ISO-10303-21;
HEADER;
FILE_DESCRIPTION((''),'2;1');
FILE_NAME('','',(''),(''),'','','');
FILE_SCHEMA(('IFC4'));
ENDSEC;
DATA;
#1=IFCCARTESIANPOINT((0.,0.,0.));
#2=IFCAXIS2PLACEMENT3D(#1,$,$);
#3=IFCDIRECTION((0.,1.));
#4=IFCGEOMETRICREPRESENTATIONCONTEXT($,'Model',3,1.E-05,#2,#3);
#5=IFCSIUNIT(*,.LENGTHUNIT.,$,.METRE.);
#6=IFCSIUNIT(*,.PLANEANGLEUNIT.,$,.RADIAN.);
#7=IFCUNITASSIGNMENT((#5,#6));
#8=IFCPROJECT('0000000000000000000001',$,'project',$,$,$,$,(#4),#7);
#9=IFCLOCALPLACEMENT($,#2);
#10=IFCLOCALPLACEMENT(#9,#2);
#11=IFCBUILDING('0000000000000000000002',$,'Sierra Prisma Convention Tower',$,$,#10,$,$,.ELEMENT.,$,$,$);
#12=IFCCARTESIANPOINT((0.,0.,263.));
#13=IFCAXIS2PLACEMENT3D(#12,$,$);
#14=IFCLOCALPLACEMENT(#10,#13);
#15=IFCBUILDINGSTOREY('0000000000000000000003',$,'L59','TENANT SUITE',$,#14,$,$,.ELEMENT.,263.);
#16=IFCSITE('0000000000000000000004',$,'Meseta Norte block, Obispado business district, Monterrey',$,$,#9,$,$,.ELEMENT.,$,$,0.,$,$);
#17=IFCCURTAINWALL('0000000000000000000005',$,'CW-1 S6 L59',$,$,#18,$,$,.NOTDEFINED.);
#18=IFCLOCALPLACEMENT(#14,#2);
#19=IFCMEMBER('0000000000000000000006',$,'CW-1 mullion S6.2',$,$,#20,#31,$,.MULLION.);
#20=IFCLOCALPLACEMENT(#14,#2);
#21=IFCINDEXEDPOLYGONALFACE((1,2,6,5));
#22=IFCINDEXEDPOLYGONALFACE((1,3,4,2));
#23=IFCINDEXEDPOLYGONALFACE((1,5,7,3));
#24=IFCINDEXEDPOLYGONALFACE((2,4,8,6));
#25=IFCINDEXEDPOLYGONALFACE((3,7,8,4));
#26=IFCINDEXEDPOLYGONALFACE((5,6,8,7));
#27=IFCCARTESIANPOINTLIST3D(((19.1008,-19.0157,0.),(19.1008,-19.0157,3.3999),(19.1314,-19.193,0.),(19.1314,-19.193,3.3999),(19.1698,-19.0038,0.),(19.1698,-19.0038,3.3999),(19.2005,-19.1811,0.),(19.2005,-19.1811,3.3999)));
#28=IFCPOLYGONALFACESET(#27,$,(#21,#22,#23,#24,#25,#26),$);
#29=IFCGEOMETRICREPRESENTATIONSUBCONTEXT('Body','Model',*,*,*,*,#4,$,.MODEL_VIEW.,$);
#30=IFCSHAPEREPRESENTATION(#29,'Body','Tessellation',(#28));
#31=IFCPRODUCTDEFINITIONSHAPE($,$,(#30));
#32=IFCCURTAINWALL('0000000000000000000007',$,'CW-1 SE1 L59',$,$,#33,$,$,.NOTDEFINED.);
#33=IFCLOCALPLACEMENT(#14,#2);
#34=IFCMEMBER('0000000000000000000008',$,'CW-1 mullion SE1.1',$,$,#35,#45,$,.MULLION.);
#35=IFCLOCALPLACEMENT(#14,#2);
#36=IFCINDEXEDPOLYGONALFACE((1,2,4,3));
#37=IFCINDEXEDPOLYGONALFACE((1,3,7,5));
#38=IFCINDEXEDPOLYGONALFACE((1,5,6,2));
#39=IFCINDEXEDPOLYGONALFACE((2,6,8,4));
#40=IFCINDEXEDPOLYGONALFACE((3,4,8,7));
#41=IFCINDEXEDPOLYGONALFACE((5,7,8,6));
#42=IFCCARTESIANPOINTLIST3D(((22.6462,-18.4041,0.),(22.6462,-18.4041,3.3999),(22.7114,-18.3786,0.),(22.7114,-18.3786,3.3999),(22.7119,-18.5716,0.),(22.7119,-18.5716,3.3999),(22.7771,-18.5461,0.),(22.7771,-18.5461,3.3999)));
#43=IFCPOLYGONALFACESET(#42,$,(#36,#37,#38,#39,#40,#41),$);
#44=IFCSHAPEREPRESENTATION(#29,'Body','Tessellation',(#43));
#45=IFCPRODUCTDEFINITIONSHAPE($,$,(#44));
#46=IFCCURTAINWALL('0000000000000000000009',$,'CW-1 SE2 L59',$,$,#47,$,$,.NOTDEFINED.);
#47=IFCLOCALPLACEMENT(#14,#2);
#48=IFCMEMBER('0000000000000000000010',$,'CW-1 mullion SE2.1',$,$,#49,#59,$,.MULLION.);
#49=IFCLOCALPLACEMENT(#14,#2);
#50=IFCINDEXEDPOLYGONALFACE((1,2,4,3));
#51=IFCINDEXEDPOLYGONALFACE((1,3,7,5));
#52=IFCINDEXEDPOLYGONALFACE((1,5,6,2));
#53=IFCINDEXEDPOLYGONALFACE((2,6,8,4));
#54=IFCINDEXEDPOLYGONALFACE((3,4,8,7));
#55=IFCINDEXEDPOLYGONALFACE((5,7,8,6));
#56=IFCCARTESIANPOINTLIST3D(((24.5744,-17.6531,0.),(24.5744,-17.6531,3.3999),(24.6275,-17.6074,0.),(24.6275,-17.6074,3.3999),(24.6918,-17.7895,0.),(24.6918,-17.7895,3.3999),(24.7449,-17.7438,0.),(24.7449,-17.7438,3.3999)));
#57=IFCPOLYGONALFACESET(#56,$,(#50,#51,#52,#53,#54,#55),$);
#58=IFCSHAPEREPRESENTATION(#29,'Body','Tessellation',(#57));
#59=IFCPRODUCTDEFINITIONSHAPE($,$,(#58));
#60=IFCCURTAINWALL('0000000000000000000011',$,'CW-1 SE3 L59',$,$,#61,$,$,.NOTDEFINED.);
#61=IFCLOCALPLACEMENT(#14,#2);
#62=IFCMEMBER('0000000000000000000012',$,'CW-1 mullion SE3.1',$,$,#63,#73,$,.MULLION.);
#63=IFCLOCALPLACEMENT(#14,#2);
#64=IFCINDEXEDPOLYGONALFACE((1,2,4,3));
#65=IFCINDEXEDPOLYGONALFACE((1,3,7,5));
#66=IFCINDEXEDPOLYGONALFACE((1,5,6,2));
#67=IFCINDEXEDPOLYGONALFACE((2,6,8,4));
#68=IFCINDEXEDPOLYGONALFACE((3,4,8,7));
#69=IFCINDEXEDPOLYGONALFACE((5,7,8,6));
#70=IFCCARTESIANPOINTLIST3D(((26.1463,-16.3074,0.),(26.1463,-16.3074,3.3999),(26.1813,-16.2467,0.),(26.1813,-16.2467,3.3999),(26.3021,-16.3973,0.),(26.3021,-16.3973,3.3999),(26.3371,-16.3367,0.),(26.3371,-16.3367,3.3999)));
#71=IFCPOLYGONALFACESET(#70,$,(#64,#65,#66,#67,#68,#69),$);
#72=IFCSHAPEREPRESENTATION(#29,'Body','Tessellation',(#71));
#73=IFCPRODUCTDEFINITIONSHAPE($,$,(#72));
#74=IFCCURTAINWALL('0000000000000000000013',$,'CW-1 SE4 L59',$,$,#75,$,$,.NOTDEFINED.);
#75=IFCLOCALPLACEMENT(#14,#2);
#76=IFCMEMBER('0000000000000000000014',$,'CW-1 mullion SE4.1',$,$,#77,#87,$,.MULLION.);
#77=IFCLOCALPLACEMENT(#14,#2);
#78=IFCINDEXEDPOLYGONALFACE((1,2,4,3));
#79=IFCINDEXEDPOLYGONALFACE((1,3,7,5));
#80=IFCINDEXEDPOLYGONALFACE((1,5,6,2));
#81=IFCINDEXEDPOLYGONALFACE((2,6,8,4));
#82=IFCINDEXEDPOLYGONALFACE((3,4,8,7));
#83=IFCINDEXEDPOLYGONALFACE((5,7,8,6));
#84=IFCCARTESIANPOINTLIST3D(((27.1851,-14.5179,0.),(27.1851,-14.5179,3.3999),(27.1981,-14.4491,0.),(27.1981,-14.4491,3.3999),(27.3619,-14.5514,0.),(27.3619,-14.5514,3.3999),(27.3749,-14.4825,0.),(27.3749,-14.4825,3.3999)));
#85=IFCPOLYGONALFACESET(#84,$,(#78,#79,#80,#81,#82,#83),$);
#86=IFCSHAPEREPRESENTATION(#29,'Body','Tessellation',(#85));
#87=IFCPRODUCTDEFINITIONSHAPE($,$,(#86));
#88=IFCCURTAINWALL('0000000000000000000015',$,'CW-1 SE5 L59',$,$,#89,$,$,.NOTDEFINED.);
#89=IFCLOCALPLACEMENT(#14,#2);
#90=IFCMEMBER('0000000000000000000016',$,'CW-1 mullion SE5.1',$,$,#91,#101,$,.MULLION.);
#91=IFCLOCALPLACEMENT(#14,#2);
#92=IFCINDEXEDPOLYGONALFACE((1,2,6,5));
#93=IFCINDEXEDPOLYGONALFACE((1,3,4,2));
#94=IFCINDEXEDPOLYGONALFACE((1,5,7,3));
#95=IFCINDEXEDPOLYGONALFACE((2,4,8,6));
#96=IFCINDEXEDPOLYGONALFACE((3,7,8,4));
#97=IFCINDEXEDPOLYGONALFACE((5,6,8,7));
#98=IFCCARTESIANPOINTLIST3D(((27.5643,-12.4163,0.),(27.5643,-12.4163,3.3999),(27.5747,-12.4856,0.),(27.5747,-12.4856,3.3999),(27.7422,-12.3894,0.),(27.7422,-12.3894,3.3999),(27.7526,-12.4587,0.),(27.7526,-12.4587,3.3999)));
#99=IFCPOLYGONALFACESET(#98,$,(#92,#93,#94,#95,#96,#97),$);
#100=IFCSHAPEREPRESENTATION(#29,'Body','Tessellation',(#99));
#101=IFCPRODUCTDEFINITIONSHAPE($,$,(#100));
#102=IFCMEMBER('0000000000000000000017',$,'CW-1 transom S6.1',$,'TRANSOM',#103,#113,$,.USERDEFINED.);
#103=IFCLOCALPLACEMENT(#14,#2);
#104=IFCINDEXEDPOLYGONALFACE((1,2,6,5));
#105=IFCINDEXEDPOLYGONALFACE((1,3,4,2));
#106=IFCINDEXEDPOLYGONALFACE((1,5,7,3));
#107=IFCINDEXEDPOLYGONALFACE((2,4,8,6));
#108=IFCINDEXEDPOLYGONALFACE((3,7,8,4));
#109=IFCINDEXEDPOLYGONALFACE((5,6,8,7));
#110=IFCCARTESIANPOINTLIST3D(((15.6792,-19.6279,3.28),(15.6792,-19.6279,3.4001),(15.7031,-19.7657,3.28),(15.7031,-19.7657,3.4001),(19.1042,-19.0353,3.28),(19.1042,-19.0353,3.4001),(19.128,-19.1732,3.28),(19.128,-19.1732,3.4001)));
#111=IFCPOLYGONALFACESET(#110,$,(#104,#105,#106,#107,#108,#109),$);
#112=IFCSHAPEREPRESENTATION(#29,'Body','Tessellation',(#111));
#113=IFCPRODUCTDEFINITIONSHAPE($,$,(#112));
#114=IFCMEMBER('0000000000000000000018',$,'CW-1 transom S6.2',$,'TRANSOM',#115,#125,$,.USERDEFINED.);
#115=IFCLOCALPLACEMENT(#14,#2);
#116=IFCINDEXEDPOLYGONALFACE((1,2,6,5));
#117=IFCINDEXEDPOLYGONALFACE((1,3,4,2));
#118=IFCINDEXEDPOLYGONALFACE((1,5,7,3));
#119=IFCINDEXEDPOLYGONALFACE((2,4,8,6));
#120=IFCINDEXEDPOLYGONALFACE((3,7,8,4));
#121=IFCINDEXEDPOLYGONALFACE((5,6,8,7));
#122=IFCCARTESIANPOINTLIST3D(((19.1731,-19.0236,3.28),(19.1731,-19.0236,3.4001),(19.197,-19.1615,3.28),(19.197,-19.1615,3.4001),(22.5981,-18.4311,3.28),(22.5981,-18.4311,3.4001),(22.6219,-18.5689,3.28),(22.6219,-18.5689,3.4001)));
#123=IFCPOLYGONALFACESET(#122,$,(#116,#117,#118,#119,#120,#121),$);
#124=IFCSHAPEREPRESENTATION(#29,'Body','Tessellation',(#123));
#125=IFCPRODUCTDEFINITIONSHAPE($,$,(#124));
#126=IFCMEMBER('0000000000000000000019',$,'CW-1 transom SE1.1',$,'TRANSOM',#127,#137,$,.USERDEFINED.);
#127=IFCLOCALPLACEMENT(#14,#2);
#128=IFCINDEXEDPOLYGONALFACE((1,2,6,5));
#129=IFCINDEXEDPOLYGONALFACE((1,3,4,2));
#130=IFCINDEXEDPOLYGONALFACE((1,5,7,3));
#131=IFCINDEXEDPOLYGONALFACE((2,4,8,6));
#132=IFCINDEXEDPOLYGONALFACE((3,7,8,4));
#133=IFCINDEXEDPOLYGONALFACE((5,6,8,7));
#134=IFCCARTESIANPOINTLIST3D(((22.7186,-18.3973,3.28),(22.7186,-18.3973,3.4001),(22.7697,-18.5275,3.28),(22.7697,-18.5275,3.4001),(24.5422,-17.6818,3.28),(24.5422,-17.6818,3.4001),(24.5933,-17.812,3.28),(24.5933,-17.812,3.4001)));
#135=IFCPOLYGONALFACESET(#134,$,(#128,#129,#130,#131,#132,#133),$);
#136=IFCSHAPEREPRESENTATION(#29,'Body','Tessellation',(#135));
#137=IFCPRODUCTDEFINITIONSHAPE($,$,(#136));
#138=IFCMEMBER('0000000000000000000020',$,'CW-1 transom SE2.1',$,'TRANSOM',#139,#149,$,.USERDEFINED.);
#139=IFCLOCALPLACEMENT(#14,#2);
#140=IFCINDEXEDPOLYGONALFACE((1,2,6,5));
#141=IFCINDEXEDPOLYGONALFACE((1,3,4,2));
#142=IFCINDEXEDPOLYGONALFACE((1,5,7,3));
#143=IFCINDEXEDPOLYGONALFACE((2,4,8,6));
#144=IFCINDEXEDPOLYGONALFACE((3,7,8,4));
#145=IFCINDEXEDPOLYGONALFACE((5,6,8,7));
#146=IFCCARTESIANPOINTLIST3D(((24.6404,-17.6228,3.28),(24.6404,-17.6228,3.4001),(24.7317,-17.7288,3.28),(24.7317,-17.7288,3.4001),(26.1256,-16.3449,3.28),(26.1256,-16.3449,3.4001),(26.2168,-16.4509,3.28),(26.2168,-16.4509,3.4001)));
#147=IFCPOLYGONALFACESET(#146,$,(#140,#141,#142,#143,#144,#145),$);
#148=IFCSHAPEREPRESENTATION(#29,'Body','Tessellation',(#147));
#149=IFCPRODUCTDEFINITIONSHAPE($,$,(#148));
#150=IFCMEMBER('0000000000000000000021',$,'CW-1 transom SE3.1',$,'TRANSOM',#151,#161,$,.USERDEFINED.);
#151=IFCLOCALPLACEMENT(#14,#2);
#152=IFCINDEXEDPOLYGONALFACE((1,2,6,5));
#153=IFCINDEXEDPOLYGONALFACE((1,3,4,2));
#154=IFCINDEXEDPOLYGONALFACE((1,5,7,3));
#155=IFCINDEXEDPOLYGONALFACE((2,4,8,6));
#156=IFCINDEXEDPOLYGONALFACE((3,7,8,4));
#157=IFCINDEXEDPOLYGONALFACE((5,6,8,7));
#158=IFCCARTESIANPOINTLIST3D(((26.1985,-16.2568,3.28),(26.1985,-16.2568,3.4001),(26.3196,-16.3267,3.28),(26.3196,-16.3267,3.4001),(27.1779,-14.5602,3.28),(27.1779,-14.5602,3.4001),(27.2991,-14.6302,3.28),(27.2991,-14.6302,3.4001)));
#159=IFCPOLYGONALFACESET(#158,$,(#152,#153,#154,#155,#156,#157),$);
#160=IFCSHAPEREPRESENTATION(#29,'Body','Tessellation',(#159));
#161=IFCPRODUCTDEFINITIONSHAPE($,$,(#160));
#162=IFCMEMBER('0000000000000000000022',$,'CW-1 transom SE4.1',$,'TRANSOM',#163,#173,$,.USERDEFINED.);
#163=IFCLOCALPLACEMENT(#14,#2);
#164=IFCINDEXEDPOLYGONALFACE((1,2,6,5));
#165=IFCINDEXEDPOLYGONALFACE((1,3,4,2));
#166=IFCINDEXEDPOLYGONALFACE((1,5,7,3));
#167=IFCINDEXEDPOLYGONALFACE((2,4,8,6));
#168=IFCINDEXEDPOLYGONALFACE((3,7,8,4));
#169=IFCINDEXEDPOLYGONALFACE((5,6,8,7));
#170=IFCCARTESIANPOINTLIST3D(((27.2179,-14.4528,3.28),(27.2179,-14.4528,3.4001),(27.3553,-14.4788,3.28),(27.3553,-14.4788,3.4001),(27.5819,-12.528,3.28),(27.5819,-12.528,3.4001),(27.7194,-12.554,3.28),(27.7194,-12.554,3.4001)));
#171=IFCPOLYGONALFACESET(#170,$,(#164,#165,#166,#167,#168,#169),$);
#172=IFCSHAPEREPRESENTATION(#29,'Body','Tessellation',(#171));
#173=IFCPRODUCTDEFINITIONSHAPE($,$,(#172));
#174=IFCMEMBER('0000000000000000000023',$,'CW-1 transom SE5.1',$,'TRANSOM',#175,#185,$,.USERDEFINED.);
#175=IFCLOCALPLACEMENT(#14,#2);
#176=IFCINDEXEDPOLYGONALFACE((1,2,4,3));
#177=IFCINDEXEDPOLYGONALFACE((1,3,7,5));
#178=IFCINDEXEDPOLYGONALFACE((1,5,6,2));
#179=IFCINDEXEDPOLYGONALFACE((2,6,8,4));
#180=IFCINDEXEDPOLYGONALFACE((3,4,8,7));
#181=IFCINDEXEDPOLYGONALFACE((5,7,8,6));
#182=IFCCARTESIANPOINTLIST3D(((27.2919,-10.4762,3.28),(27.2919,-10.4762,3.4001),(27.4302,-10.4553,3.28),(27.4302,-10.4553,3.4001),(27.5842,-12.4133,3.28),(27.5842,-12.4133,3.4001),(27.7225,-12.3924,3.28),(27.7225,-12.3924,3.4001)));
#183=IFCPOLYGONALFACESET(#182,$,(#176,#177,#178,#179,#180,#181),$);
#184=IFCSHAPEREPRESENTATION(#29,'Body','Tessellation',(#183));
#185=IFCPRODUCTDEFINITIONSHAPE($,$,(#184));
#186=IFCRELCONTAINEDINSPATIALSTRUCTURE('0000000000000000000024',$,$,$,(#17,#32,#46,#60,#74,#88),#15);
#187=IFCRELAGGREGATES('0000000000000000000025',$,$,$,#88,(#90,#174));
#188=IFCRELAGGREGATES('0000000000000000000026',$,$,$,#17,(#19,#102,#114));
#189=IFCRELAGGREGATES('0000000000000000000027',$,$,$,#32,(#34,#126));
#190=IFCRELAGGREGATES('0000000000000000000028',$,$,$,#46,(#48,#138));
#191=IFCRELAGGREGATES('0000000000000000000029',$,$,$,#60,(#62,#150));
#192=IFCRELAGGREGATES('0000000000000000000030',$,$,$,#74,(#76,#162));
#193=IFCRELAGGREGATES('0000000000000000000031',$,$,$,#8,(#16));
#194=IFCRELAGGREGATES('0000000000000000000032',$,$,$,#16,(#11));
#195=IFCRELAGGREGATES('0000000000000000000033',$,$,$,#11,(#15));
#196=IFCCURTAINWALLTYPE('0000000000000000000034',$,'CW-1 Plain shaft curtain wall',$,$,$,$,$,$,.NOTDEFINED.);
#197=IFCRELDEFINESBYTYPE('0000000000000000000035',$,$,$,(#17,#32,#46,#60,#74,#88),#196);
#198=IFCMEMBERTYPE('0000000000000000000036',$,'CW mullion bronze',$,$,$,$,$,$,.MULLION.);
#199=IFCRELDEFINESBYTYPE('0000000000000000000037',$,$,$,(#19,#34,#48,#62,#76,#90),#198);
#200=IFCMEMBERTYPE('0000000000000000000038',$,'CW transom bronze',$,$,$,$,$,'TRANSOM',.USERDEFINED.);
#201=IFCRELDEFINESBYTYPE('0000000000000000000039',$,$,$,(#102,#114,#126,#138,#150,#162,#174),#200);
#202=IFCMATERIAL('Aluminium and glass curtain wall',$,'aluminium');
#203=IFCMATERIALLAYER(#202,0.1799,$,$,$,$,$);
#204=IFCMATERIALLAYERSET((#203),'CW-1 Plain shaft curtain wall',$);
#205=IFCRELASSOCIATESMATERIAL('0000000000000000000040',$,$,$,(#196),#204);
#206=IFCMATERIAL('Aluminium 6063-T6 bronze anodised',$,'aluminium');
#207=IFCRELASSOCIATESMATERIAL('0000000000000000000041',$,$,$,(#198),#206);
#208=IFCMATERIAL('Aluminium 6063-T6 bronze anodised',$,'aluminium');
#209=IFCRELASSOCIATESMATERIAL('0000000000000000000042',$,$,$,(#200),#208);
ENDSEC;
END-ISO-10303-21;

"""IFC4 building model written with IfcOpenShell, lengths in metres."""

from ifc_helpers import new_model, si_unit, direction, frame, origin, origin_2d, place, context, subcontext, project, spatial, rectangle, extrude, material, layer, layer_set, material_profile, profile_set, type_object, element, aggregate, save


model = new_model("IFC4")

# Units and contexts
model_context = context("Model", 3, precision=1e-05, world=origin(), true_north=direction((0.0, 1.0)))
body_context = subcontext(model_context, "Body", "Model", "MODEL_VIEW")
ifc_project = project(units=[si_unit("LENGTHUNIT", "METRE"), si_unit("PLANEANGLEUNIT", "RADIAN")], contexts=[model_context])

# Site, building, storey
site_placement = place(None, origin())
site = spatial("IfcSite", under=ifc_project, at=site_placement, Name="Meseta Norte block, Obispado business district, Monterrey", CompositionType="ELEMENT", RefElevation=0.0)
building_placement = place(site_placement, origin())
building = spatial("IfcBuilding", under=site, at=building_placement, Name="Sierra Prisma Convention Tower", CompositionType="ELEMENT")
storey_placement = place(building_placement, frame((0.0, 0.0, 263.0)))
storey = spatial("IfcBuildingStorey", under=building, at=storey_placement, Name="L59", Description="TENANT SUITE", CompositionType="ELEMENT", Elevation=263.0)

# Curtain walls, members
ifc_material_1 = material(Name="Aluminium and glass curtain wall", Category="aluminium")
ifc_layer_1 = layer(ifc_material_1, 0.1799)
ifc_layer_set_1 = layer_set([ifc_layer_1], Name="CW-1 Plain shaft curtain wall")
curtain_wall_type = type_object("IfcCurtainWallType", Name="CW-1 Plain shaft curtain wall", PredefinedType="NOTDEFINED", material=ifc_layer_set_1)
curtain_wall_1_placement = place(storey_placement, origin())
curtain_wall_1 = element("IfcCurtainWall", 1, at=curtain_wall_1_placement, inside=storey, type_object=curtain_wall_type, Name="CW-1 S6 L59", PredefinedType="NOTDEFINED")
ifc_material_2 = material(Name="Aluminium 6063-T6 bronze anodised", Category="aluminium")
ifc_material_profile_1 = material_profile(ifc_material_2, rectangle(XDim=0.1799, YDim=0.0701, at=origin_2d()), Name="ALU MULLION 70x180")
ifc_profile_set_1 = profile_set([ifc_material_profile_1], Name="Aluminium 6063-T6 bronze anodised")
member_type_1 = type_object("IfcMemberType", Name="CW mullion bronze", PredefinedType="MULLION", material=ifc_profile_set_1)
member_1_placement = place(storey_placement, frame((19.1506, -19.0984, 0.0), z_axis=(0.0, 0.0, 1.0), x_axis=(-0.170461, 0.985364, 0.0)))
member_1 = element("IfcMember", 2, at=member_1_placement, type_object=member_type_1, Name="CW-1 mullion S6.2", PredefinedType="MULLION", context=body_context, shape_type="SweptSolid", body=[
    extrude(rectangle(XDim=0.1799, YDim=0.0701, at=origin_2d()), origin(), (0.0, 0.0, 1.0), 3.3999),
])
curtain_wall_2_placement = place(storey_placement, origin())
curtain_wall_2 = element("IfcCurtainWall", 3, at=curtain_wall_2_placement, inside=storey, type_object=curtain_wall_type, Name="CW-1 SE1 L59", PredefinedType="NOTDEFINED")
member_2_placement = place(storey_placement, frame((22.7117, -18.4751, 0.0), z_axis=(0.0, 0.0, 1.0), x_axis=(-0.365235, 0.930915, 0.0)))
member_2 = element("IfcMember", 4, at=member_2_placement, type_object=member_type_1, Name="CW-1 mullion SE1.1", PredefinedType="MULLION", context=body_context, shape_type="SweptSolid", body=[
    extrude(rectangle(XDim=0.1799, YDim=0.0701, at=origin_2d()), origin(), (0.0, 0.0, 1.0), 3.3999),
])
curtain_wall_3_placement = place(storey_placement, origin())
curtain_wall_3 = element("IfcCurtainWall", 5, at=curtain_wall_3_placement, inside=storey, type_object=curtain_wall_type, Name="CW-1 SE2 L59", PredefinedType="NOTDEFINED")
member_3_placement = place(storey_placement, frame((24.6597, -17.6985, 0.0), z_axis=(0.0, 0.0, 1.0), x_axis=(-0.652244, 0.758009, 0.0)))
member_3 = element("IfcMember", 6, at=member_3_placement, type_object=member_type_1, Name="CW-1 mullion SE2.1", PredefinedType="MULLION", context=body_context, shape_type="SweptSolid", body=[
    extrude(rectangle(XDim=0.1799, YDim=0.0701, at=origin_2d()), origin(), (0.0, 0.0, 1.0), 3.3999),
])
curtain_wall_4_placement = place(storey_placement, origin())
curtain_wall_4 = element("IfcCurtainWall", 7, at=curtain_wall_4_placement, inside=storey, type_object=curtain_wall_type, Name="CW-1 SE3 L59", PredefinedType="NOTDEFINED")
member_4_placement = place(storey_placement, frame((26.2417, -16.322, 0.0), z_axis=(0.0, 0.0, 1.0), x_axis=(-0.866025, 0.5, 0.0)))
member_4 = element("IfcMember", 8, at=member_4_placement, type_object=member_type_1, Name="CW-1 mullion SE3.1", PredefinedType="MULLION", context=body_context, shape_type="SweptSolid", body=[
    extrude(rectangle(XDim=0.1799, YDim=0.0701, at=origin_2d()), origin(), (0.0, 0.0, 1.0), 3.3999),
])
curtain_wall_5_placement = place(storey_placement, origin())
curtain_wall_5 = element("IfcCurtainWall", 9, at=curtain_wall_5_placement, inside=storey, type_object=curtain_wall_type, Name="CW-1 SE4 L59", PredefinedType="NOTDEFINED")
member_5_placement = place(storey_placement, frame((27.28, -14.5002, 0.0), z_axis=(0.0, 0.0, 1.0), x_axis=(-0.982577, 0.185856, 0.0)))
member_5 = element("IfcMember", 10, at=member_5_placement, type_object=member_type_1, Name="CW-1 mullion SE4.1", PredefinedType="MULLION", context=body_context, shape_type="SweptSolid", body=[
    extrude(rectangle(XDim=0.1799, YDim=0.0701, at=origin_2d()), origin(), (0.0, 0.0, 1.0), 3.3999),
])
curtain_wall_6_placement = place(storey_placement, origin())
curtain_wall_6 = element("IfcCurtainWall", 11, at=curtain_wall_6_placement, inside=storey, type_object=curtain_wall_type, Name="CW-1 SE5 L59", PredefinedType="NOTDEFINED")
member_6_placement = place(storey_placement, frame((27.6584, -12.4375, 0.0), z_axis=(0.0, 0.0, 1.0), x_axis=(-0.988814, -0.149155, 0.0)))
member_6 = element("IfcMember", 12, at=member_6_placement, type_object=member_type_1, Name="CW-1 mullion SE5.1", PredefinedType="MULLION", context=body_context, shape_type="SweptSolid", body=[
    extrude(rectangle(XDim=0.1799, YDim=0.0701, at=origin_2d()), origin(), (0.0, 0.0, 1.0), 3.3999),
])

# Members
ifc_material_3 = material(Name="Aluminium 6063-T6 bronze anodised", Category="aluminium")
ifc_material_profile_2 = material_profile(ifc_material_3, rectangle(XDim=0.1399, YDim=0.1201, at=origin_2d()), Name="ALU TRANSOM 120x140")
ifc_profile_set_2 = profile_set([ifc_material_profile_2], Name="Aluminium 6063-T6 bronze anodised")
member_type_2 = type_object("IfcMemberType", Name="CW transom bronze", ElementType="TRANSOM", PredefinedType="USERDEFINED", material=ifc_profile_set_2)
member_7_placement = place(storey_placement, frame((15.6912, -19.6968, 3.3401), z_axis=(0.985363, 0.170467, 0.0), x_axis=(-0.170467, 0.985363, 0.0)))
member_7 = element("IfcMember", 13, at=member_7_placement, type_object=member_type_2, Name="CW-1 transom S6.1", ObjectType="TRANSOM", PredefinedType="USERDEFINED", context=body_context, shape_type="SweptSolid", body=[
    extrude(rectangle(XDim=0.1399, YDim=0.1201, at=origin_2d()), origin(), (0.0, 0.0, 1.0), 3.4758),
])
member_8_placement = place(storey_placement, frame((19.1851, -19.0925, 3.3401), z_axis=(0.985363, 0.170467, 0.0), x_axis=(-0.170467, 0.985363, 0.0)))
member_8 = element("IfcMember", 14, at=member_8_placement, type_object=member_type_2, Name="CW-1 transom S6.2", ObjectType="TRANSOM", PredefinedType="USERDEFINED", context=body_context, shape_type="SweptSolid", body=[
    extrude(rectangle(XDim=0.1399, YDim=0.1201, at=origin_2d()), origin(), (0.0, 0.0, 1.0), 3.4758),
])
member_9_placement = place(storey_placement, frame((22.7441, -18.4624, 3.3401), z_axis=(0.930906, 0.365259, 0.0), x_axis=(-0.365259, 0.930906, 0.0)))
member_9 = element("IfcMember", 15, at=member_9_placement, type_object=member_type_2, Name="CW-1 transom SE1.1", ObjectType="TRANSOM", PredefinedType="USERDEFINED", context=body_context, shape_type="SweptSolid", body=[
    extrude(rectangle(XDim=0.1399, YDim=0.1201, at=origin_2d()), origin(), (0.0, 0.0, 1.0), 1.959),
])
member_10_placement = place(storey_placement, frame((24.686, -17.6758, 3.3401), z_axis=(0.758024, 0.652227, 0.0), x_axis=(-0.652227, 0.758024, 0.0)))
member_10 = element("IfcMember", 16, at=member_10_placement, type_object=member_type_2, Name="CW-1 transom SE2.1", ObjectType="TRANSOM", PredefinedType="USERDEFINED", context=body_context, shape_type="SweptSolid", body=[
    extrude(rectangle(XDim=0.1399, YDim=0.1201, at=origin_2d()), origin(), (0.0, 0.0, 1.0), 1.9592),
])
member_11_placement = place(storey_placement, frame((26.259, -16.2917, 3.3401), z_axis=(0.499999, 0.866026, 0.0), x_axis=(-0.866026, 0.499999, 0.0)))
member_11 = element("IfcMember", 17, at=member_11_placement, type_object=member_type_2, Name="CW-1 transom SE3.1", ObjectType="TRANSOM", PredefinedType="USERDEFINED", context=body_context, shape_type="SweptSolid", body=[
    extrude(rectangle(XDim=0.1399, YDim=0.1201, at=origin_2d()), origin(), (0.0, 0.0, 1.0), 1.959),
])
member_12_placement = place(storey_placement, frame((27.2866, -14.4658, 3.3401), z_axis=(0.185823, 0.982583, 0.0), x_axis=(-0.982583, 0.185823, 0.0)))
member_12 = element("IfcMember", 18, at=member_12_placement, type_object=member_type_2, Name="CW-1 transom SE4.1", ObjectType="TRANSOM", PredefinedType="USERDEFINED", context=body_context, shape_type="SweptSolid", body=[
    extrude(rectangle(XDim=0.1399, YDim=0.1201, at=origin_2d()), origin(), (0.0, 0.0, 1.0), 1.959),
])
member_13_placement = place(storey_placement, frame((27.6533, -12.4028, 3.3401), z_axis=(-0.149181, 0.98881, 0.0), x_axis=(-0.98881, -0.149181, 0.0)))
member_13 = element("IfcMember", 19, at=member_13_placement, type_object=member_type_2, Name="CW-1 transom SE5.1", ObjectType="TRANSOM", PredefinedType="USERDEFINED", context=body_context, shape_type="SweptSolid", body=[
    extrude(rectangle(XDim=0.1399, YDim=0.1201, at=origin_2d()), origin(), (0.0, 0.0, 1.0), 1.959),
])
aggregate(curtain_wall_6, [member_6, member_13])

aggregate(curtain_wall_1, [member_1, member_7, member_8])
aggregate(curtain_wall_2, [member_2, member_9])
aggregate(curtain_wall_3, [member_3, member_10])
aggregate(curtain_wall_4, [member_4, member_11])
aggregate(curtain_wall_5, [member_5, member_12])

save(model, "model.ifc")
